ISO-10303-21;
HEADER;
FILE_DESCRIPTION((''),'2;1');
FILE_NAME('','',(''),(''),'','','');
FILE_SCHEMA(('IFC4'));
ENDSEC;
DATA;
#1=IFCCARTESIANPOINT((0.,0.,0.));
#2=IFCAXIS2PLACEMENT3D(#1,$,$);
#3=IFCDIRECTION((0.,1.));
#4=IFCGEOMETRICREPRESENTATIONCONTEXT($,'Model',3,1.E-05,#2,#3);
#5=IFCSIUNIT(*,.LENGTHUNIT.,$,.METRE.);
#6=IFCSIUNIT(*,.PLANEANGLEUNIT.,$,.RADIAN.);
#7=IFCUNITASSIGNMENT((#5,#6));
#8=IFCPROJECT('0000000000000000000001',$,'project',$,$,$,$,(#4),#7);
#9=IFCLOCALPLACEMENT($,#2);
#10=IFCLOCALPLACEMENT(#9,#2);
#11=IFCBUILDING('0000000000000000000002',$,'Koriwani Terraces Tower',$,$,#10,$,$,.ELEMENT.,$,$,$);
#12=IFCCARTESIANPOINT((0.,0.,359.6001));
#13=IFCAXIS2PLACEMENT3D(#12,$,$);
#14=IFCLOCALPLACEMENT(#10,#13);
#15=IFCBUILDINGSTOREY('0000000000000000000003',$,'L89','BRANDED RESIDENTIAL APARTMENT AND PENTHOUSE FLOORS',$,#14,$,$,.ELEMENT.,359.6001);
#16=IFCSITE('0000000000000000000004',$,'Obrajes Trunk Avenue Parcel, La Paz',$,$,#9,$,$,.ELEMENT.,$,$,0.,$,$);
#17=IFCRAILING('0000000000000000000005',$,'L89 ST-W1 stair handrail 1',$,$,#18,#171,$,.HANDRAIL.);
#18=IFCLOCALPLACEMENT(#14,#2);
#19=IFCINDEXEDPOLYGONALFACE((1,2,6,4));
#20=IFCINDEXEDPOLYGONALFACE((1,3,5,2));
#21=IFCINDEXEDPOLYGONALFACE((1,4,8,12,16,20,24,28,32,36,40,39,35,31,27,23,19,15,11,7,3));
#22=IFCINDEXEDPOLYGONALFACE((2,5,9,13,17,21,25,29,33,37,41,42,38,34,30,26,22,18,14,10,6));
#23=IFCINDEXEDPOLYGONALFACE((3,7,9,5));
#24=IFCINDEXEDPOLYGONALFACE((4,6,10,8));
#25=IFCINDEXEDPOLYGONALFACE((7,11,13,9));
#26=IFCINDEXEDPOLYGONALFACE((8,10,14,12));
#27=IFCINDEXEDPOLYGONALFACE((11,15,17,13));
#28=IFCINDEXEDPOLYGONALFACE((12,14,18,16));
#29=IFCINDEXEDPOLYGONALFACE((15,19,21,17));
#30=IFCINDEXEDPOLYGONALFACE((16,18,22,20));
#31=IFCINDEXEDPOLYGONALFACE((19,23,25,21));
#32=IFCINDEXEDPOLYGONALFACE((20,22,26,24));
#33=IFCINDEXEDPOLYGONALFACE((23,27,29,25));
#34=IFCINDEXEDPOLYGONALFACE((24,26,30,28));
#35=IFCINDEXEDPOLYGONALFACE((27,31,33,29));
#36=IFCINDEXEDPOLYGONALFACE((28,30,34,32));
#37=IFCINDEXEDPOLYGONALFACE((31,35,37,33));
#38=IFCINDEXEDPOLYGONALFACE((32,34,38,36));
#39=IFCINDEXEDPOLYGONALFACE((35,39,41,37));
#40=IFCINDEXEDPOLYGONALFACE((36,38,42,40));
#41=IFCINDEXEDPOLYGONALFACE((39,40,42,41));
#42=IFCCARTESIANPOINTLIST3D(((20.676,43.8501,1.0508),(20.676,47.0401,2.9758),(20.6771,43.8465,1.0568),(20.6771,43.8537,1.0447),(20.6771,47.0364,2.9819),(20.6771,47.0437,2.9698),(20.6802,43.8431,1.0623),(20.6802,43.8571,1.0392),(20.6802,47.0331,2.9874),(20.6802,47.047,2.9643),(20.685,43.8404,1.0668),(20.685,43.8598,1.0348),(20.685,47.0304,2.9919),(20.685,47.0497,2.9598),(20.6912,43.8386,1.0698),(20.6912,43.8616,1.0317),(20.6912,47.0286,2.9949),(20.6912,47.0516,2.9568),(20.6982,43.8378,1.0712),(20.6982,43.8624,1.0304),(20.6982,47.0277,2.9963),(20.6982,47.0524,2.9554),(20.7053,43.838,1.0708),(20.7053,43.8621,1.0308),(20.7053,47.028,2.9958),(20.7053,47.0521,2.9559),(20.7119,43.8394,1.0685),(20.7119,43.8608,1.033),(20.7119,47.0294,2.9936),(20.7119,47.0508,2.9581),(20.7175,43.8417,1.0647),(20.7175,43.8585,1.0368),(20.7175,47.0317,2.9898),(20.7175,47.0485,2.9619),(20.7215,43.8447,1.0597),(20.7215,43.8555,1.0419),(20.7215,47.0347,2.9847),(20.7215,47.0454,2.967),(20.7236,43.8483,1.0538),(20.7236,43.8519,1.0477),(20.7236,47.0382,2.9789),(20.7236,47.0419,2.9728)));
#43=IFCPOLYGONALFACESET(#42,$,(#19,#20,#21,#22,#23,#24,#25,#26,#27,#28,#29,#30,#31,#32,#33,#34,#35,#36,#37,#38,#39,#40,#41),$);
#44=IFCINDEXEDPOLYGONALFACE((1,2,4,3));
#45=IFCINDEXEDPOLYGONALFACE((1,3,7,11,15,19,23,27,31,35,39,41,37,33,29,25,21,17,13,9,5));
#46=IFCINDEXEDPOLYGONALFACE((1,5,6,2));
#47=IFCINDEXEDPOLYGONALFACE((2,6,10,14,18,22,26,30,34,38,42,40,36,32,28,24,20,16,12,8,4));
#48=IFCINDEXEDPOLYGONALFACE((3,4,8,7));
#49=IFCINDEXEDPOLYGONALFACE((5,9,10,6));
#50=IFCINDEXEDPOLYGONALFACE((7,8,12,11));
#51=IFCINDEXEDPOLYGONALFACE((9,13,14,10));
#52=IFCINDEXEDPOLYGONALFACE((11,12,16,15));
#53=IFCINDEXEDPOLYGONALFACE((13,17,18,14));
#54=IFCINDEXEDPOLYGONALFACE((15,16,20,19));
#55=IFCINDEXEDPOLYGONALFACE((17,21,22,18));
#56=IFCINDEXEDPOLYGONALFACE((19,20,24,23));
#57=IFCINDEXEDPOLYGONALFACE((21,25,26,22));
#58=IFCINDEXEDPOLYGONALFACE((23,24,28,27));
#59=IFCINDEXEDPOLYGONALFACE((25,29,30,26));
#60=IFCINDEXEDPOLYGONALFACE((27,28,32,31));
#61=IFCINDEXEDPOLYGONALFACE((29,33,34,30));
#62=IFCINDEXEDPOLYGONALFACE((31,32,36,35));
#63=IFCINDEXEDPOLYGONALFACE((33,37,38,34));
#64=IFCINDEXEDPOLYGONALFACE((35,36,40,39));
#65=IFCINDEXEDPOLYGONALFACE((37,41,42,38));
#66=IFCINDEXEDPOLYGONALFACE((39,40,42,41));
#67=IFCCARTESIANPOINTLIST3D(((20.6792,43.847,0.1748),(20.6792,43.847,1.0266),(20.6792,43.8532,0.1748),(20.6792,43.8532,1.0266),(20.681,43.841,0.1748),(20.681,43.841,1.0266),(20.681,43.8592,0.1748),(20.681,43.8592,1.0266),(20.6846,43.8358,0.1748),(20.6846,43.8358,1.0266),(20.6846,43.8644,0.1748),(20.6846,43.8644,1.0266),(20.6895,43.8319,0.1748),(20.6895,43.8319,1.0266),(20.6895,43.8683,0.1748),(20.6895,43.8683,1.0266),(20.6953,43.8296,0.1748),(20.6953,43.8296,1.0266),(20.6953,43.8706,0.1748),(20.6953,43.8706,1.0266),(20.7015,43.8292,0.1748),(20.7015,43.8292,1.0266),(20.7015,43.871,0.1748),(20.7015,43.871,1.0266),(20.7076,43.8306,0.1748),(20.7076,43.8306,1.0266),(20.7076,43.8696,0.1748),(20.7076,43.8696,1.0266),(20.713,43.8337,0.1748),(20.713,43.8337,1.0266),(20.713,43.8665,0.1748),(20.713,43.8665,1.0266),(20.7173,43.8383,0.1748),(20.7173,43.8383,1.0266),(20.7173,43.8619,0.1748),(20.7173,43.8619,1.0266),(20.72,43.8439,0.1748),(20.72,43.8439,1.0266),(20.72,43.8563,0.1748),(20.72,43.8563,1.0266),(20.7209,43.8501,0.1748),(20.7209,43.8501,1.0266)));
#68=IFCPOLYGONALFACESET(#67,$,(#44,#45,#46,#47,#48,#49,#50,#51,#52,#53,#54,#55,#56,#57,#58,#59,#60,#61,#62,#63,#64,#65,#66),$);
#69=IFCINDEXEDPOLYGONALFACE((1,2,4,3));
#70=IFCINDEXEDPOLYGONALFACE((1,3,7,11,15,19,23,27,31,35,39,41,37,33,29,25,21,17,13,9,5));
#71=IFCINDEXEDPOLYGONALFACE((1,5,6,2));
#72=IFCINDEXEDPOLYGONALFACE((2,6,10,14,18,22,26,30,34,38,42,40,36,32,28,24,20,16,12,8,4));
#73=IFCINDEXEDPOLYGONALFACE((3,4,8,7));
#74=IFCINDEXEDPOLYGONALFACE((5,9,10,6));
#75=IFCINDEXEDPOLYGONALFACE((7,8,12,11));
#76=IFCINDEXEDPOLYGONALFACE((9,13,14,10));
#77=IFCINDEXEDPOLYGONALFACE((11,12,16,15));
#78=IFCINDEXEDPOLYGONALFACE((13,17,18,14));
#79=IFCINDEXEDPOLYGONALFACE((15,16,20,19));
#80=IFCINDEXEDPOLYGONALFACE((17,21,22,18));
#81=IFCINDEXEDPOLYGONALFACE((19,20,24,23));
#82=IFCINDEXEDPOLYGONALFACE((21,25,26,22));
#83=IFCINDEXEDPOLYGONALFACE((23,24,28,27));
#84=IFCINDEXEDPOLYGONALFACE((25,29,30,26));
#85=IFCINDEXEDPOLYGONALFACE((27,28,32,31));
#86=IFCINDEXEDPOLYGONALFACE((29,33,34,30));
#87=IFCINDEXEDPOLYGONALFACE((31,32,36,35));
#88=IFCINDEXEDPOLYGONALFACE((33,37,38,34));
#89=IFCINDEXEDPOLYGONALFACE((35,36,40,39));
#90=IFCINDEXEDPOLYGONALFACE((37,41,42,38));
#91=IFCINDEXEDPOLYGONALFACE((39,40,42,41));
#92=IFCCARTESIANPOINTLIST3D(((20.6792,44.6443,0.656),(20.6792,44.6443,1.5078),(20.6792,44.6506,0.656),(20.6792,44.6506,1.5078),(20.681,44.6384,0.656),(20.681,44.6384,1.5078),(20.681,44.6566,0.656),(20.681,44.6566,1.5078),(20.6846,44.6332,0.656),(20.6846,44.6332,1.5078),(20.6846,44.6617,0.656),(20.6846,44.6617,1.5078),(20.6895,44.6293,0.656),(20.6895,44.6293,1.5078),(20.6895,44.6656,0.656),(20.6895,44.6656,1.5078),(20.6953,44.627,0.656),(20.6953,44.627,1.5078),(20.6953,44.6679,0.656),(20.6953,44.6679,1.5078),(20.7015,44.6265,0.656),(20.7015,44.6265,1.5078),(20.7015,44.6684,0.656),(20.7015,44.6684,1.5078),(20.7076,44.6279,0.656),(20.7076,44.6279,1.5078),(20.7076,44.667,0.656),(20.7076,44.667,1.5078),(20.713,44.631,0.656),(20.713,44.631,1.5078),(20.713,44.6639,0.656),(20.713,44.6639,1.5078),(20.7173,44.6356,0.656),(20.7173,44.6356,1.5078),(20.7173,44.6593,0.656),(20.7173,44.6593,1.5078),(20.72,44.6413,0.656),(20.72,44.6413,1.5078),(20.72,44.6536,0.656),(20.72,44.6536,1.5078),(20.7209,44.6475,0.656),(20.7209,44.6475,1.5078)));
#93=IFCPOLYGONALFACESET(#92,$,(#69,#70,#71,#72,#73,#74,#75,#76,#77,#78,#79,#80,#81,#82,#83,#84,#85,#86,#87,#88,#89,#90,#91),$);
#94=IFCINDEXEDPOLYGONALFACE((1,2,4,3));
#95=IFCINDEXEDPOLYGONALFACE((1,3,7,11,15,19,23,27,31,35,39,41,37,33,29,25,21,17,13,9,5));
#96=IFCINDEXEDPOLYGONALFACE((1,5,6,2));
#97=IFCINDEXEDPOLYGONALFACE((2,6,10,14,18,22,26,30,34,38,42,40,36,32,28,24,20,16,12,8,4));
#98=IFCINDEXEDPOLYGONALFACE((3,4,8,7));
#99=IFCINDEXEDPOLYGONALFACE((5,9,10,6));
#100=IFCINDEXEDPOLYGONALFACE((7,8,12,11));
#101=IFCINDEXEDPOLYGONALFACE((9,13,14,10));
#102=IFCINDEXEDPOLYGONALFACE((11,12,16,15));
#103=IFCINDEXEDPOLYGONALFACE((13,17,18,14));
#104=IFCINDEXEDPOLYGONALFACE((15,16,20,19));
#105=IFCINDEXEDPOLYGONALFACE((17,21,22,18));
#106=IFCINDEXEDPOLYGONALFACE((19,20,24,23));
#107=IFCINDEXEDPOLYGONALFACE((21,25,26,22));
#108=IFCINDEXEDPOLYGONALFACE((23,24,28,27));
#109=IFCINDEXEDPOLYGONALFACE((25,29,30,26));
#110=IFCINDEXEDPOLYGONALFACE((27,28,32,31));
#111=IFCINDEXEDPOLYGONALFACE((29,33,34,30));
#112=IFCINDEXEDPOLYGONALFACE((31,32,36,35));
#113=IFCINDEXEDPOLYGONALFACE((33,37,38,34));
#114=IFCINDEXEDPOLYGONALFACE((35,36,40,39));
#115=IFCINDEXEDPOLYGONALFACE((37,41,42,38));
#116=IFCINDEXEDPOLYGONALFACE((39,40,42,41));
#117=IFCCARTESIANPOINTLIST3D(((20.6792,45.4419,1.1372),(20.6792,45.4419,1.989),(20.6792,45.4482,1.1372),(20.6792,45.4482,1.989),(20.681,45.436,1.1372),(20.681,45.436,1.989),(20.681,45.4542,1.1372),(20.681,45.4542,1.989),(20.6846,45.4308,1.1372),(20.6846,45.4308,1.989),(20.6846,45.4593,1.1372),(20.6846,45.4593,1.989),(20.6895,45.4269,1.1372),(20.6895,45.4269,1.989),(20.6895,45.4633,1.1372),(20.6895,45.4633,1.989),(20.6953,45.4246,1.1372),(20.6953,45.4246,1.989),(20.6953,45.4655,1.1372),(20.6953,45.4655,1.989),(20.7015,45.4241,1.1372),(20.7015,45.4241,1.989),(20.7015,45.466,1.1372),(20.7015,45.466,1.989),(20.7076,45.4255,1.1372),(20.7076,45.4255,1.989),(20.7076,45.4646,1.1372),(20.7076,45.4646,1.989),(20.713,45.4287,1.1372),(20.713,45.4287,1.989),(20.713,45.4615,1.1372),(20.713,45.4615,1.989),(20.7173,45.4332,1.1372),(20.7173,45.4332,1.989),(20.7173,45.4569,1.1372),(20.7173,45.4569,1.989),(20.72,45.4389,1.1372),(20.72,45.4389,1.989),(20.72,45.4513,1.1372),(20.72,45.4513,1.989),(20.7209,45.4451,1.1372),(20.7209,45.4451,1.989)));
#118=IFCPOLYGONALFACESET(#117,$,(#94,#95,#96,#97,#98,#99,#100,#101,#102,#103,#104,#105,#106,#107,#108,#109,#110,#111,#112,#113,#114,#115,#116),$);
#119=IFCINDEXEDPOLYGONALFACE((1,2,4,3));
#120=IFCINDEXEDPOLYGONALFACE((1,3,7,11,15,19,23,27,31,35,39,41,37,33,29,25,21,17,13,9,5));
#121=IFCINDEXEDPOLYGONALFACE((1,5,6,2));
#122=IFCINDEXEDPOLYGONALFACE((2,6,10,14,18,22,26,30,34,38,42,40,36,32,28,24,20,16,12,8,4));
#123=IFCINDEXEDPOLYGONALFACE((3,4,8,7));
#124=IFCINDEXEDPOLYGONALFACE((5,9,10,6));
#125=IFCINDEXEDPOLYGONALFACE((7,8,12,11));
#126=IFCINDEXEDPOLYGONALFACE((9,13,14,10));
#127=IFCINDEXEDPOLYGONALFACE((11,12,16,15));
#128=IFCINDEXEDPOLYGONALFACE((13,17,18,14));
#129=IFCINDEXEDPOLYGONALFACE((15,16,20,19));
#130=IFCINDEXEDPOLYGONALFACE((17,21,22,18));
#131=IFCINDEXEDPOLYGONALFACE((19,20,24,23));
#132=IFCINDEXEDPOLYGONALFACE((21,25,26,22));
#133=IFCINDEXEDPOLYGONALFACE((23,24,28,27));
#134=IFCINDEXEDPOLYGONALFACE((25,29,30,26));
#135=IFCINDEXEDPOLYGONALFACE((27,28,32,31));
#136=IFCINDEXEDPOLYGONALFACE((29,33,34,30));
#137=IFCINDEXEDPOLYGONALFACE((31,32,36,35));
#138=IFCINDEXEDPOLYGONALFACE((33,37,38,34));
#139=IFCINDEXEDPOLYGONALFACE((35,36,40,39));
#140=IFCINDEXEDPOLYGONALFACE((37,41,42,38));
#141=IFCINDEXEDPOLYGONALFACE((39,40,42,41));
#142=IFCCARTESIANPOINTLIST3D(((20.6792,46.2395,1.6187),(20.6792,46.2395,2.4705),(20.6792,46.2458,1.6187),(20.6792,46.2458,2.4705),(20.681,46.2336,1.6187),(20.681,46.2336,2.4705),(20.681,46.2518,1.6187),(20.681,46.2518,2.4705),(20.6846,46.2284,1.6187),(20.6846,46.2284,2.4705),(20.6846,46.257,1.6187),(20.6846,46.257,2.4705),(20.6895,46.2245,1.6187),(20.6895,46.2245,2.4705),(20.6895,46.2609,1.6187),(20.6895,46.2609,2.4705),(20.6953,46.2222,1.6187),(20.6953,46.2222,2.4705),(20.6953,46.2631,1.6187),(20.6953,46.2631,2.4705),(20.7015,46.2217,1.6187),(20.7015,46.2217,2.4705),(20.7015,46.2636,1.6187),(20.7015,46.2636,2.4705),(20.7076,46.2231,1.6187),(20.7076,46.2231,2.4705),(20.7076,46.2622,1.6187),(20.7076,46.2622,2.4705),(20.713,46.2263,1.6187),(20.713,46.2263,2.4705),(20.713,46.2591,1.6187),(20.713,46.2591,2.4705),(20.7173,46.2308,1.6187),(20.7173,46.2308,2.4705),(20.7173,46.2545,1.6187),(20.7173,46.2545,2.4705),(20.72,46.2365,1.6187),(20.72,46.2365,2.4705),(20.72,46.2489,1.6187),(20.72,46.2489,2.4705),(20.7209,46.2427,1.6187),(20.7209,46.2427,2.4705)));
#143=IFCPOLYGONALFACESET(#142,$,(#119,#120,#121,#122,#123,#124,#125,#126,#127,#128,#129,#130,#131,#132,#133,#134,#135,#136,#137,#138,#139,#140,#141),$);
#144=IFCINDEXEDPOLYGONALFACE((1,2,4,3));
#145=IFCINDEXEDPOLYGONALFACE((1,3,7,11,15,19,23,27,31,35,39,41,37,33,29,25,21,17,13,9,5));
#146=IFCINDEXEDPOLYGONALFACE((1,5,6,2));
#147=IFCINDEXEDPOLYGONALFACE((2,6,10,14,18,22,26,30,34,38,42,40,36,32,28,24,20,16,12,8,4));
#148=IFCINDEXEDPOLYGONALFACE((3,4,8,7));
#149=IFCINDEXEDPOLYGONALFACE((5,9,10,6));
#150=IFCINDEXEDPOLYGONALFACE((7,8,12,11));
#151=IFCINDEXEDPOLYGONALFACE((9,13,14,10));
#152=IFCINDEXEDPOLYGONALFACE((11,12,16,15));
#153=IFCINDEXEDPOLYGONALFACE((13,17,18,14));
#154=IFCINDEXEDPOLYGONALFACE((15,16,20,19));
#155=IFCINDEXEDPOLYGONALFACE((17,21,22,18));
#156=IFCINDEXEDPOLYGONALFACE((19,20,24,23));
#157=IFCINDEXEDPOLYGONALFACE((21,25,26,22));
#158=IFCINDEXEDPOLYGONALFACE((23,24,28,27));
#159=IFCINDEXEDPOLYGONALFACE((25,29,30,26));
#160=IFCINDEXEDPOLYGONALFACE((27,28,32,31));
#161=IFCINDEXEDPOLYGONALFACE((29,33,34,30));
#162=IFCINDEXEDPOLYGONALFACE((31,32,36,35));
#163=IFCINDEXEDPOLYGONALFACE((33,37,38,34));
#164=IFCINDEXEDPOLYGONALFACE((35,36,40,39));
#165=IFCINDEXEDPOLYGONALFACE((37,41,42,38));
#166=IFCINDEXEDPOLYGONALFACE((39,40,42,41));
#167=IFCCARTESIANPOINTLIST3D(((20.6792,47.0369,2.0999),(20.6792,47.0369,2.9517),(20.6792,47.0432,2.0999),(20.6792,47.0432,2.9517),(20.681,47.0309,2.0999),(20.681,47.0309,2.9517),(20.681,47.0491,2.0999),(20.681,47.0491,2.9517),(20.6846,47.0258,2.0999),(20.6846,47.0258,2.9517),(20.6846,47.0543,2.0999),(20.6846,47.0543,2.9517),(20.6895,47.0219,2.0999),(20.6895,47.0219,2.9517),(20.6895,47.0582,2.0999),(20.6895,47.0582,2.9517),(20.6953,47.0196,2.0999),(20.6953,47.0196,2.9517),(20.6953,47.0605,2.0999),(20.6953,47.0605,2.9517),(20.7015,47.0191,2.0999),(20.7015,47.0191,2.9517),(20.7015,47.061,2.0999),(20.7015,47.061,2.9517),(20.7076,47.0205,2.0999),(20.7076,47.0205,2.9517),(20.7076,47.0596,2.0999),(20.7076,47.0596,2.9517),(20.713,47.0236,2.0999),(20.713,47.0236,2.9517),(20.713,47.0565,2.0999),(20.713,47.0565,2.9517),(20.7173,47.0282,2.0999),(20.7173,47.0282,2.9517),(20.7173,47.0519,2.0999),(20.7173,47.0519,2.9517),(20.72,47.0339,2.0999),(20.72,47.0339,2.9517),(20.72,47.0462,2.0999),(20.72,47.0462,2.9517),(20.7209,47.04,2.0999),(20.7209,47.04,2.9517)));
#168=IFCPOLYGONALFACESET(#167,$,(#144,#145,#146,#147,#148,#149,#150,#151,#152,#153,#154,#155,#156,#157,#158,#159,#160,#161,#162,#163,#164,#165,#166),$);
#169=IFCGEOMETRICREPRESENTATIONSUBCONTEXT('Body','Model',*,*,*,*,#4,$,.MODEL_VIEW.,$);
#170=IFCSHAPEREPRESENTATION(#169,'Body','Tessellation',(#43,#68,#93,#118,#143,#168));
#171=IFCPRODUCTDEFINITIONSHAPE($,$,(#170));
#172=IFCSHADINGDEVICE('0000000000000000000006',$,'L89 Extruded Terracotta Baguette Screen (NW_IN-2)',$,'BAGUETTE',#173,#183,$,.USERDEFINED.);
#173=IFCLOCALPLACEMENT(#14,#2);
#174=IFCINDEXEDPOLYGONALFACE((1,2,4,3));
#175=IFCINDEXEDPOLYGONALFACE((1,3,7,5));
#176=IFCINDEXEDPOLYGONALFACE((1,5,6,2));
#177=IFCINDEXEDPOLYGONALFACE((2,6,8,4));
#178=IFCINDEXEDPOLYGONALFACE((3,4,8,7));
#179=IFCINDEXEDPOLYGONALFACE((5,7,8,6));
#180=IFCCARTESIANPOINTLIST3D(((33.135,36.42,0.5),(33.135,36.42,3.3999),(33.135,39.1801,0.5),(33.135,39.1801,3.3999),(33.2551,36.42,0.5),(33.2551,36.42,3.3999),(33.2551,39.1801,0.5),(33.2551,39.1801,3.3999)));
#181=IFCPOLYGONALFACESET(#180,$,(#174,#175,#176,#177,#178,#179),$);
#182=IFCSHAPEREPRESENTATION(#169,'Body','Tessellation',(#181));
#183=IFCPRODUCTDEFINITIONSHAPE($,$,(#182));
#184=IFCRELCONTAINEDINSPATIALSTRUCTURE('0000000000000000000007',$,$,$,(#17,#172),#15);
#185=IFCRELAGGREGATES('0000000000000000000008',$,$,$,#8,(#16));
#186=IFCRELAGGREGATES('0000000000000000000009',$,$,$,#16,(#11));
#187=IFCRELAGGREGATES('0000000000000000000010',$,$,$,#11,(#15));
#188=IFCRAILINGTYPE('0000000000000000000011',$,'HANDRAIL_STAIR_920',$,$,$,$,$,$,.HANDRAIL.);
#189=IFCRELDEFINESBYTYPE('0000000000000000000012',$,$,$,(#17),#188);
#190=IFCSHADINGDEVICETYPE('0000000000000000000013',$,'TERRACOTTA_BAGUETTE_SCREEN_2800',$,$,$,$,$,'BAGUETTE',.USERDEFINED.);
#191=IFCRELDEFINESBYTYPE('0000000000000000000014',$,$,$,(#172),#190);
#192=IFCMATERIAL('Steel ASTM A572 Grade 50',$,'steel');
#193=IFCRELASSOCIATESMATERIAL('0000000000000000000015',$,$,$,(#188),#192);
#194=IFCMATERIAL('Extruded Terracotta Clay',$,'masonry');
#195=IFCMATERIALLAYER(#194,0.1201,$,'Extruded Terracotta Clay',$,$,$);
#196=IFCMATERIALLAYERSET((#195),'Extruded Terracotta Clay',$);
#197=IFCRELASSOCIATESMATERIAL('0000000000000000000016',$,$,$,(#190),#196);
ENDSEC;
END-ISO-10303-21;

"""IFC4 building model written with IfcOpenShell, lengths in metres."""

from ifc_helpers import new_model, si_unit, direction, frame, origin, origin_2d, place, context, subcontext, project, spatial, rectangle, circle, extrude, material, layer, layer_set, type_object, element, save


model = new_model("IFC4")

# Units and contexts
model_context = context("Model", 3, precision=1e-05, world=origin(), true_north=direction((0.0, 1.0)))
body_context = subcontext(model_context, "Body", "Model", "MODEL_VIEW")
ifc_project = project(units=[si_unit("LENGTHUNIT", "METRE"), si_unit("PLANEANGLEUNIT", "RADIAN")], contexts=[model_context])

# Site, building, storey
site_placement = place(None, origin())
site = spatial("IfcSite", under=ifc_project, at=site_placement, Name="Obrajes Trunk Avenue Parcel, La Paz", CompositionType="ELEMENT", RefElevation=0.0)
building_placement = place(site_placement, origin())
building = spatial("IfcBuilding", under=site, at=building_placement, Name="Koriwani Terraces Tower", CompositionType="ELEMENT")
storey_placement = place(building_placement, frame((0.0, 0.0, 359.6001)))
storey = spatial("IfcBuildingStorey", under=building, at=storey_placement, Name="L89", Description="BRANDED RESIDENTIAL APARTMENT AND PENTHOUSE FLOORS", CompositionType="ELEMENT", Elevation=359.6001)

# Shared definitions
ifc_material_1 = material(Name="Steel ASTM A572 Grade 50", Category="steel")

# Railing
railing_type = type_object("IfcRailingType", Name="HANDRAIL_STAIR_920", PredefinedType="HANDRAIL", material=ifc_material_1)
railing_placement = place(storey_placement, frame((20.7, 43.8501, 0.1748)))
element("IfcRailing", 1, at=railing_placement, inside=storey, type_object=railing_type, Name="L89 ST-W1 stair handrail 1", PredefinedType="HANDRAIL", context=body_context, shape_type="SweptSolid", body=[
    extrude(circle(Radius=0.0239, at=origin_2d()), frame((0.0, 0.0, 0.876), z_axis=(0.0, 0.856178, 0.516682), x_axis=(-1.0, 0.0, 0.0)), (0.0, 0.0, 1.0), 3.7258),
    extrude(circle(Radius=0.021, at=origin_2d()), origin(), (0.0, 0.0, 1.0), 0.8518),
    extrude(circle(Radius=0.021, at=origin_2d()), frame((0.0, 0.7974, 0.4812)), (0.0, 0.0, 1.0), 0.8518),
    extrude(circle(Radius=0.021, at=origin_2d()), frame((0.0, 1.595, 0.9624)), (0.0, 0.0, 1.0), 0.8518),
    extrude(circle(Radius=0.021, at=origin_2d()), frame((0.0, 2.3926, 1.4438)), (0.0, 0.0, 1.0), 0.8518),
    extrude(circle(Radius=0.021, at=origin_2d()), frame((0.0, 3.1899, 1.925)), (0.0, 0.0, 1.0), 0.8518),
])

# Shading device
ifc_material_2 = material(Name="Extruded Terracotta Clay", Category="masonry")
ifc_layer_1 = layer(ifc_material_2, 0.1201, Name="Extruded Terracotta Clay")
ifc_layer_set_1 = layer_set([ifc_layer_1], Name="Extruded Terracotta Clay")
shading_device_type = type_object("IfcShadingDeviceType", Name="TERRACOTTA_BAGUETTE_SCREEN_2800", ElementType="BAGUETTE", PredefinedType="USERDEFINED", material=ifc_layer_set_1)
shading_device_placement = place(storey_placement, frame((33.1951, 37.8, 0.5), z_axis=(0.0, 0.0, 1.0), x_axis=(0.0, -1.0, 0.0)))
element("IfcShadingDevice", 2, at=shading_device_placement, inside=storey, type_object=shading_device_type, Name="L89 Extruded Terracotta Baguette Screen (NW_IN-2)", ObjectType="BAGUETTE", PredefinedType="USERDEFINED", context=body_context, shape_type="SweptSolid", body=[
    extrude(rectangle(XDim=2.76, YDim=0.1201, at=origin_2d()), origin(), (0.0, 0.0, 1.0), 2.8999),
])

save(model, "model.ifc")
